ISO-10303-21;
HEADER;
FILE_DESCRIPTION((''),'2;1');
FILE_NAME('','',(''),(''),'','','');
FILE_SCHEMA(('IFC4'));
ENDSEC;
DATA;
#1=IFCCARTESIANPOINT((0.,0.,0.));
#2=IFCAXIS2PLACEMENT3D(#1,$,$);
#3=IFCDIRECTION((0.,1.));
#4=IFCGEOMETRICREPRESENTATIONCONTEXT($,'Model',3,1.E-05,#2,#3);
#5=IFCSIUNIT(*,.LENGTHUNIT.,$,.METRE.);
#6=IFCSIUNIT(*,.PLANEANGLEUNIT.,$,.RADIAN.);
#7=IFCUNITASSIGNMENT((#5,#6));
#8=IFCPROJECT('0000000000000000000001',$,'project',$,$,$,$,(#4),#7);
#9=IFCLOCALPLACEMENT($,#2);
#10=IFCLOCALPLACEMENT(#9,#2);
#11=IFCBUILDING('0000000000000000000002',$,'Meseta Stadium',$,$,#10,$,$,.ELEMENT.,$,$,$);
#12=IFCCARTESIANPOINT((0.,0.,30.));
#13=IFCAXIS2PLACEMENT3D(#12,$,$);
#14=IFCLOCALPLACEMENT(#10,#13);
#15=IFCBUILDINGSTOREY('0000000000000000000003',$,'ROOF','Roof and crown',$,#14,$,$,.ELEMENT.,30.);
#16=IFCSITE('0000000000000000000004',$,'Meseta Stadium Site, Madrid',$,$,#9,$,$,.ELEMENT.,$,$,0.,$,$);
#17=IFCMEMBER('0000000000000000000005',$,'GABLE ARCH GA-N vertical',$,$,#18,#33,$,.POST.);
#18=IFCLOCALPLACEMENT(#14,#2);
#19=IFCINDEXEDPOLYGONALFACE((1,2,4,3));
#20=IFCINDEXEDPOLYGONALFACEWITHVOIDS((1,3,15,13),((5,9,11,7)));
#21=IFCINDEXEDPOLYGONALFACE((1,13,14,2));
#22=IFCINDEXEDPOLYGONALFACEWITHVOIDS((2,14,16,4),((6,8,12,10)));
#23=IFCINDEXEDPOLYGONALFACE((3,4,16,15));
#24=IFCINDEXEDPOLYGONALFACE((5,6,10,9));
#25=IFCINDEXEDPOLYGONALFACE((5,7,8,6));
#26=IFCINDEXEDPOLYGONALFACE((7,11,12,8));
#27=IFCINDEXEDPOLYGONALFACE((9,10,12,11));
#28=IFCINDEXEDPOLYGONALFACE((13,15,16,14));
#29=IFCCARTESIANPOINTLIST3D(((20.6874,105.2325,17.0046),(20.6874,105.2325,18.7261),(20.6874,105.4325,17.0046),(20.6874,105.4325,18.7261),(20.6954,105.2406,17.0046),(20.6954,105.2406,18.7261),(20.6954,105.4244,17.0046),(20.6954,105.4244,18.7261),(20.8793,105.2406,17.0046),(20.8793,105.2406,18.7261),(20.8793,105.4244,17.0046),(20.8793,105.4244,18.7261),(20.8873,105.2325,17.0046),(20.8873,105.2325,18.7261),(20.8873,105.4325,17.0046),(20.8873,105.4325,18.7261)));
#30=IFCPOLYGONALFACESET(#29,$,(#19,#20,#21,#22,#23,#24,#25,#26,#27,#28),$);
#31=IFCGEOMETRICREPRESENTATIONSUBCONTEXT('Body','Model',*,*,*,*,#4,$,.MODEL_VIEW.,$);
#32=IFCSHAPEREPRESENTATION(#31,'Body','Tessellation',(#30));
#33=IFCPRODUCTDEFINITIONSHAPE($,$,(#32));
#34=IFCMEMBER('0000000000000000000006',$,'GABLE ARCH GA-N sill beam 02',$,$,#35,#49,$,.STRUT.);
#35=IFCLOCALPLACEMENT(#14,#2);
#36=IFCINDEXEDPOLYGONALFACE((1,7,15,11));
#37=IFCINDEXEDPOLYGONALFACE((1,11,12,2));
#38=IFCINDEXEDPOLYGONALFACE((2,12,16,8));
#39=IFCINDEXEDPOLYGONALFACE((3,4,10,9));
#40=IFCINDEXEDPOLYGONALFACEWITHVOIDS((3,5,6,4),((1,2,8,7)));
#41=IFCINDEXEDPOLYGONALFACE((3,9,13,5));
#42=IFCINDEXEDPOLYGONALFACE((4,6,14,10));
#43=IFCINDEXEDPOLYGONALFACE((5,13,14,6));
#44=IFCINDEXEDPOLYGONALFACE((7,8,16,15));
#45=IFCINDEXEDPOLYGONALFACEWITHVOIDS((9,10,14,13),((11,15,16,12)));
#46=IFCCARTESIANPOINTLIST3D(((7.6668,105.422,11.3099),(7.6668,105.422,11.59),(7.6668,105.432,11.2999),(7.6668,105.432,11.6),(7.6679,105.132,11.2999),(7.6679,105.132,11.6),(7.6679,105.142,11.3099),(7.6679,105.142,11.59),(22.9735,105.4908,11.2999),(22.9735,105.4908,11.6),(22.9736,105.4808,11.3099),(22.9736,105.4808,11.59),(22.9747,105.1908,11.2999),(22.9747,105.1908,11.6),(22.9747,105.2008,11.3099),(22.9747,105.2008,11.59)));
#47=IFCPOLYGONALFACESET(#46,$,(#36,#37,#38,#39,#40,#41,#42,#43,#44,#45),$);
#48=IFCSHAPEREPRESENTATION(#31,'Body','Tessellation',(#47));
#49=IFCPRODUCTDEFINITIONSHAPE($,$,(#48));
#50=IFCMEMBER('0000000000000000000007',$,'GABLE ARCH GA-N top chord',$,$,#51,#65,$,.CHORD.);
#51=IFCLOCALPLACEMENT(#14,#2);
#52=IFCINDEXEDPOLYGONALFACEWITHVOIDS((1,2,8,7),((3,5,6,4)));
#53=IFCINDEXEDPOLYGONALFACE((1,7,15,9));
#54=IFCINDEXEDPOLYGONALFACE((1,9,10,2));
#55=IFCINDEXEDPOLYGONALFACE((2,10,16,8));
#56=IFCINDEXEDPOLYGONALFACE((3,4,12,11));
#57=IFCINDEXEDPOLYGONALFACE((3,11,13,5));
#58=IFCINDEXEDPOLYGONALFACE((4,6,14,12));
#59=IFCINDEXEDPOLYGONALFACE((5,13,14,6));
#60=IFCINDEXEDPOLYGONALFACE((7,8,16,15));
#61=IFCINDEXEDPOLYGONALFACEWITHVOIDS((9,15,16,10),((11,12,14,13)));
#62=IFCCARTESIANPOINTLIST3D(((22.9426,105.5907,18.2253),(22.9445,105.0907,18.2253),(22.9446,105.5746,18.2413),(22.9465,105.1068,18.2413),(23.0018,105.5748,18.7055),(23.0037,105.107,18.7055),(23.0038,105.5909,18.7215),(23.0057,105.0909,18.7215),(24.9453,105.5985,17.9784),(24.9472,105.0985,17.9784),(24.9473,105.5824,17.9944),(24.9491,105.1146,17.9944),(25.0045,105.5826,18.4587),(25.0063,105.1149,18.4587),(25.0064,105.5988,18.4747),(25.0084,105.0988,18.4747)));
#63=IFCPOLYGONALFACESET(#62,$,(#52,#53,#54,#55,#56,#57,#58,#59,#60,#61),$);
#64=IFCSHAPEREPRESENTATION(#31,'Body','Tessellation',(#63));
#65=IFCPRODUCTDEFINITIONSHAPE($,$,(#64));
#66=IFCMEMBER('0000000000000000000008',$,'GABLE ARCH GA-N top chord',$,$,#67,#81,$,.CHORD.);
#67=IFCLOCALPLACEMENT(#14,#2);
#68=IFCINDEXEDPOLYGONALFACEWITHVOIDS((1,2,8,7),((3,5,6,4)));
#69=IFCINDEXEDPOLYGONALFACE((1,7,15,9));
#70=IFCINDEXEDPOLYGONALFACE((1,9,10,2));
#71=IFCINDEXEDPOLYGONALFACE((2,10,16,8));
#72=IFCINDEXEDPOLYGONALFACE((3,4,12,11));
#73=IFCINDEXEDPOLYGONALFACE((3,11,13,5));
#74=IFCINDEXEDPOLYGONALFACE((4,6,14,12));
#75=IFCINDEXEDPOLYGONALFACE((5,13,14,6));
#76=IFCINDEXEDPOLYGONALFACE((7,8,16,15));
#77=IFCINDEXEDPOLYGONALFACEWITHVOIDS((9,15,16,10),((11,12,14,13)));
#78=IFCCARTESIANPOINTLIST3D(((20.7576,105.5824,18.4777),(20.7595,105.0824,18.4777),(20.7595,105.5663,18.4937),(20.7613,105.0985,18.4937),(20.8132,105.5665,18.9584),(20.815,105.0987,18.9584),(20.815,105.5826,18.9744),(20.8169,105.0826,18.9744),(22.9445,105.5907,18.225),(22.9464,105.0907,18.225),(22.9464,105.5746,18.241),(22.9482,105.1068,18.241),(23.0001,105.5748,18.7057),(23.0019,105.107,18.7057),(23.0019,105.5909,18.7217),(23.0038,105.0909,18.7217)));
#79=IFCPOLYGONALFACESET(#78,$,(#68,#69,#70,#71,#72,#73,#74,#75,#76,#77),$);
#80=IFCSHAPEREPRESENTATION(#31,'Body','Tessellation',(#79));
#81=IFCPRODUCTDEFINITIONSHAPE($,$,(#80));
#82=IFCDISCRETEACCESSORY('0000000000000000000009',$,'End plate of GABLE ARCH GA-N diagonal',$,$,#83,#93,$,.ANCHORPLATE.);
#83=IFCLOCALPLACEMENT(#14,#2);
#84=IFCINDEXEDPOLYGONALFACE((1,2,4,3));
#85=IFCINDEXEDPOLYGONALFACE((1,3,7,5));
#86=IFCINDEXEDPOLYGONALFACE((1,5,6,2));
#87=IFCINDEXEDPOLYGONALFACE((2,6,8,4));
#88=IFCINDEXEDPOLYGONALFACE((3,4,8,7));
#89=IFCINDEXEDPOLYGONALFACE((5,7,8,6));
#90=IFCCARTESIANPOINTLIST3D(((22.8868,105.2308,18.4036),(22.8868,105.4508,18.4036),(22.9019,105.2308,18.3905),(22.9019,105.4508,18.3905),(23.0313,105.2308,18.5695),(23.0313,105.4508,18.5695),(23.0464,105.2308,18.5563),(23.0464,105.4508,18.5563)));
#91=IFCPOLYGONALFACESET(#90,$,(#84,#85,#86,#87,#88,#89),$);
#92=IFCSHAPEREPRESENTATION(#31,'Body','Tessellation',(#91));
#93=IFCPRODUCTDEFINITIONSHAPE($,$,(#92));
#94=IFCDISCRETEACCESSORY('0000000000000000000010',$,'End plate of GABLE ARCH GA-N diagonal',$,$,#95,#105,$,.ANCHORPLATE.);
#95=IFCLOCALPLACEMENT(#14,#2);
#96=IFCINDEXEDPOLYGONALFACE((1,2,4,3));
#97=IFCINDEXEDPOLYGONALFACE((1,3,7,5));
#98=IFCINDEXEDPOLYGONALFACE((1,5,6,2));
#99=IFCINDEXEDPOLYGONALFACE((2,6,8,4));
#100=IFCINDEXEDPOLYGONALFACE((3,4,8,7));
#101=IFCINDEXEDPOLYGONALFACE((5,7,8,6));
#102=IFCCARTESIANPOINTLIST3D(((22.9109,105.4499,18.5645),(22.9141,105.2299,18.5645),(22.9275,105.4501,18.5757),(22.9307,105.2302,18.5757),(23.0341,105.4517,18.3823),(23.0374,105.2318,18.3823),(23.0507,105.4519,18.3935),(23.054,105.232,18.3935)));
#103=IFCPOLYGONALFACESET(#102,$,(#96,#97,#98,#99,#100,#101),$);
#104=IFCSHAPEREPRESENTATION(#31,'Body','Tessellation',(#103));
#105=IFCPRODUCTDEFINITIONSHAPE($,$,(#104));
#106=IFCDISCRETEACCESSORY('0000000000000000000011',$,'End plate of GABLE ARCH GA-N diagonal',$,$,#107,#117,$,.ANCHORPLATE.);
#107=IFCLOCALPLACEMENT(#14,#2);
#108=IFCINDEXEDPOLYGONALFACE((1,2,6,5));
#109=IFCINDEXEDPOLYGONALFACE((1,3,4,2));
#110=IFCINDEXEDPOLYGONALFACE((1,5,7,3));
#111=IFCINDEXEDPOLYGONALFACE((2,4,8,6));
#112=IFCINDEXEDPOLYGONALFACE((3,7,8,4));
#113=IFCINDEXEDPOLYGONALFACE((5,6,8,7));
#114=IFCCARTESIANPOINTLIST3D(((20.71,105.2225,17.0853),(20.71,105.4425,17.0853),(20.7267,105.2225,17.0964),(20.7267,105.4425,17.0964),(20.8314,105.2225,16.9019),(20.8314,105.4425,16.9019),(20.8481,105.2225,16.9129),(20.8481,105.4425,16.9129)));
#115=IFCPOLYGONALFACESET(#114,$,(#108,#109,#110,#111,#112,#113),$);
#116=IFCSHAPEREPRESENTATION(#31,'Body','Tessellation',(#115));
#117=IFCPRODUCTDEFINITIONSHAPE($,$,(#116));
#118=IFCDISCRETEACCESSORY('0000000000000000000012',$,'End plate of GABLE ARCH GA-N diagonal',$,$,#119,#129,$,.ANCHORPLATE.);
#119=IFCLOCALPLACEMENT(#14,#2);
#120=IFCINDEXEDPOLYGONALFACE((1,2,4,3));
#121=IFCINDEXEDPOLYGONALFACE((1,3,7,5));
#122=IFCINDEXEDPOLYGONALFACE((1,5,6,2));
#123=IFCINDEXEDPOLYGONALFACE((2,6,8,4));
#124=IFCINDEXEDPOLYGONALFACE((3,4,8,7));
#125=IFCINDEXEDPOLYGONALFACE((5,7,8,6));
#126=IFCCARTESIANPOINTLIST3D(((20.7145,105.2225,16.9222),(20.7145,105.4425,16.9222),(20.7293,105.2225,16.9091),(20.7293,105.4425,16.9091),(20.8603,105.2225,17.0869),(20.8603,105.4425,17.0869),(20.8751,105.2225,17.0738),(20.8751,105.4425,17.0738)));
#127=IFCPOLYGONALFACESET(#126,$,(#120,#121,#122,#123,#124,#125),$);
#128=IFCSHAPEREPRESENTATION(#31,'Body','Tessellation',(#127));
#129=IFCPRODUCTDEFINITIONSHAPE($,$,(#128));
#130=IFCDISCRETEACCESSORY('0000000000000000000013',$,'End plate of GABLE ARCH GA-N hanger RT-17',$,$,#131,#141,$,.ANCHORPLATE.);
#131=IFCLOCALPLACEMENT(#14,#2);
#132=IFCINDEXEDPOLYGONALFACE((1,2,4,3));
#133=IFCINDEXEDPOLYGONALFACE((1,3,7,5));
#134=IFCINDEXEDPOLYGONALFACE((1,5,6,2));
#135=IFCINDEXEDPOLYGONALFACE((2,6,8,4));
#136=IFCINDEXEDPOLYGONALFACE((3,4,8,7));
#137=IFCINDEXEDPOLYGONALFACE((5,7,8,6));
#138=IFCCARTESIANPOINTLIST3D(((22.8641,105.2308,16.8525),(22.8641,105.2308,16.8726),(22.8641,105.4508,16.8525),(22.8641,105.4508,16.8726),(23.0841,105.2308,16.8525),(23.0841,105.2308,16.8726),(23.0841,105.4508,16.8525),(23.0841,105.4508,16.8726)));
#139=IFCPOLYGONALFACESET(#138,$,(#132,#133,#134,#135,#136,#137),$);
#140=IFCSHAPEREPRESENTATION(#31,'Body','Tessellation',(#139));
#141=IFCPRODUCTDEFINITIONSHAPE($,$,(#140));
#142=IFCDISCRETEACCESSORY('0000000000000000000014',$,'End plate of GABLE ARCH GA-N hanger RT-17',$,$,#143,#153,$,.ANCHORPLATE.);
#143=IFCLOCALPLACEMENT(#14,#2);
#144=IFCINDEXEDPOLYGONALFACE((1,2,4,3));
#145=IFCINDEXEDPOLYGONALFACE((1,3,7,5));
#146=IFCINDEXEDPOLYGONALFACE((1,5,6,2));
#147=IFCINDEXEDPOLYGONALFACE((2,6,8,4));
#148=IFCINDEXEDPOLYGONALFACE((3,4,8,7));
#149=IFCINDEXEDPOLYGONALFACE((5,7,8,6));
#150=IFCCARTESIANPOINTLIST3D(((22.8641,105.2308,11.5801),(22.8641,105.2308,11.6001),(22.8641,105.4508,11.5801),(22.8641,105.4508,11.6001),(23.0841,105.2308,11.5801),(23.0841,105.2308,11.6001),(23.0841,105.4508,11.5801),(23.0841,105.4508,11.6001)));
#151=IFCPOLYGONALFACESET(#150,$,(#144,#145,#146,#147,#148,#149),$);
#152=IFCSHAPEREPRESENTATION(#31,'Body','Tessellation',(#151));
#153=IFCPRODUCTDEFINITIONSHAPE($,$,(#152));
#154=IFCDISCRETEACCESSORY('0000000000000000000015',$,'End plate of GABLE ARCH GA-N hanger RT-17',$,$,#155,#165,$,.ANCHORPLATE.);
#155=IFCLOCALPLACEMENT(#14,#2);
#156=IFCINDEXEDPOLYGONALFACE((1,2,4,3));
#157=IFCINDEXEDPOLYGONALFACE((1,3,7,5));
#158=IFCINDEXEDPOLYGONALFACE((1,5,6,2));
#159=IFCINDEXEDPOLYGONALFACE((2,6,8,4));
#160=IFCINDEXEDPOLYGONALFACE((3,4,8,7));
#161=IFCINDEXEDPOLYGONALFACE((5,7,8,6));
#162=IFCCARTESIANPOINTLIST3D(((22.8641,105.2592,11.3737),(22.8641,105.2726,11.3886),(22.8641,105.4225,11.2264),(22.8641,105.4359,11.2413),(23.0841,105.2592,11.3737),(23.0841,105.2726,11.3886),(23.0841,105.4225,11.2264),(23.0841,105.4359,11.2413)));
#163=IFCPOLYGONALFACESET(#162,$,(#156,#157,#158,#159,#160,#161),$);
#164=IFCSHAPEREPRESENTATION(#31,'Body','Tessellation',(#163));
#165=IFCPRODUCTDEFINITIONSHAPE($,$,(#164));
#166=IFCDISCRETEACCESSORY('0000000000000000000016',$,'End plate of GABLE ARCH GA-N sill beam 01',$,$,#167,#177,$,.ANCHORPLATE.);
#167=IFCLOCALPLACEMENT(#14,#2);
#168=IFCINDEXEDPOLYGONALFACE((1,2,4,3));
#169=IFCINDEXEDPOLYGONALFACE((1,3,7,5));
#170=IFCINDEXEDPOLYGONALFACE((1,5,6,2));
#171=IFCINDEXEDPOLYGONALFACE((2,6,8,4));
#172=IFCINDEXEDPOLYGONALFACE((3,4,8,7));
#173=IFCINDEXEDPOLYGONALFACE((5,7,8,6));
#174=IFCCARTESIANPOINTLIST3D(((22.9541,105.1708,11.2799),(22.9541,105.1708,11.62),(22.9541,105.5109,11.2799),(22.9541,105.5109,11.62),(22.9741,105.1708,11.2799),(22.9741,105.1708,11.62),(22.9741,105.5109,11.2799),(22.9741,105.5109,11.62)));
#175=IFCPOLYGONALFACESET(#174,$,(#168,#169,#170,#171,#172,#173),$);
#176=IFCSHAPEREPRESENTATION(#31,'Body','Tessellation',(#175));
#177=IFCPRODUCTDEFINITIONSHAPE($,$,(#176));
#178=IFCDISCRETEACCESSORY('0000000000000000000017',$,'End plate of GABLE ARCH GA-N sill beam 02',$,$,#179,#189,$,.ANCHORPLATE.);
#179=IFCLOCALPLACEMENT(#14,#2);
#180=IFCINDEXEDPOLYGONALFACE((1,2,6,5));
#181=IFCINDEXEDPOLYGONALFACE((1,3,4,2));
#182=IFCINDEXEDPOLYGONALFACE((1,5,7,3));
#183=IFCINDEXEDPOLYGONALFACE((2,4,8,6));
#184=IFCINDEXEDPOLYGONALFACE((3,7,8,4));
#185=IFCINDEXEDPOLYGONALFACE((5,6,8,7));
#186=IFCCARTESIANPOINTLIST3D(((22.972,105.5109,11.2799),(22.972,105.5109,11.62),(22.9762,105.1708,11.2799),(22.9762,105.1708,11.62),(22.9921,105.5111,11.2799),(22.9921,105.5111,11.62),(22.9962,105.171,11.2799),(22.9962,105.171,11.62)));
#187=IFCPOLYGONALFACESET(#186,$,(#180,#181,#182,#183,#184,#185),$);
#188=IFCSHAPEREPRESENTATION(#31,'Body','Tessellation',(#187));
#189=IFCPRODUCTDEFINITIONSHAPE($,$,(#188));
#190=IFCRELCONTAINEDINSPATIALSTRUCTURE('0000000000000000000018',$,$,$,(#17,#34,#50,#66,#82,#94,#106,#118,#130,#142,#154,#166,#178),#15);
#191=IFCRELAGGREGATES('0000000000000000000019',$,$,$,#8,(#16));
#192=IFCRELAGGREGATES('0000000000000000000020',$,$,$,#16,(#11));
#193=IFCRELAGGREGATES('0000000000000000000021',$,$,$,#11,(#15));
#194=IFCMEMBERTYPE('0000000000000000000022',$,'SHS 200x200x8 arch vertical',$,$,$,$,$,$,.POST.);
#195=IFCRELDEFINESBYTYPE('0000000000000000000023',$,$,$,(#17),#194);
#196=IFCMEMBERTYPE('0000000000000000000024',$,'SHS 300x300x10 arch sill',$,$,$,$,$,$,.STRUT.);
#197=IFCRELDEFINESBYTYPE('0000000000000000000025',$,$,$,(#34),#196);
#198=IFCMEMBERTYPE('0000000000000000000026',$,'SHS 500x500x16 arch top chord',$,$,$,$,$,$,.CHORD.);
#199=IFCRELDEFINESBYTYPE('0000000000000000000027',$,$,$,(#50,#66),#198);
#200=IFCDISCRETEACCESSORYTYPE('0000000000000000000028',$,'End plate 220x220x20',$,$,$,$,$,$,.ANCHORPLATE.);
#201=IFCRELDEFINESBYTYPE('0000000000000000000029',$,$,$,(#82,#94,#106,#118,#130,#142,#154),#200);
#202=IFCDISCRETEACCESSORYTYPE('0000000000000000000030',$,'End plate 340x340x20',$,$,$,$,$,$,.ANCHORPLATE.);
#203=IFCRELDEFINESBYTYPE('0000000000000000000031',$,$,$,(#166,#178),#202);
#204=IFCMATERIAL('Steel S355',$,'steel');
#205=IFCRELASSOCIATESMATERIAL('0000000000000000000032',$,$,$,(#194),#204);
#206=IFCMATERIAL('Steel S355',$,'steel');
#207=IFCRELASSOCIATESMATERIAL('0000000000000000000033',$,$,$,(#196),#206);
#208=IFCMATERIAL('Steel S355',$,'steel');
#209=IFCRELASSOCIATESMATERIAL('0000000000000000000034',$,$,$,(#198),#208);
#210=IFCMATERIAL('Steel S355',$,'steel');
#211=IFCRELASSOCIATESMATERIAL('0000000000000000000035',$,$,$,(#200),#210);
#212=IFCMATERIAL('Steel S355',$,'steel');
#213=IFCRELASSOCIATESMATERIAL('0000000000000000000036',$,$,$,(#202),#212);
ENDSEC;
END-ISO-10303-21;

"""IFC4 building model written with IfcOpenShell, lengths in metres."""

from ifc_helpers import new_model, si_unit, direction, frame, origin, origin_2d, place, context, subcontext, project, spatial, rectangle, hollow_rectangle, extrude, material, material_profile, profile_set, type_object, element, save


model = new_model("IFC4")

# Units and contexts
model_context = context("Model", 3, precision=1e-05, world=origin(), true_north=direction((0.0, 1.0)))
body_context = subcontext(model_context, "Body", "Model", "MODEL_VIEW")
ifc_project = project(units=[si_unit("LENGTHUNIT", "METRE"), si_unit("PLANEANGLEUNIT", "RADIAN")], contexts=[model_context])

# Site, building, storey
site_placement = place(None, origin())
site = spatial("IfcSite", under=ifc_project, at=site_placement, Name="Meseta Stadium Site, Madrid", CompositionType="ELEMENT", RefElevation=0.0)
building_placement = place(site_placement, origin())
building = spatial("IfcBuilding", under=site, at=building_placement, Name="Meseta Stadium", CompositionType="ELEMENT")
storey_placement = place(building_placement, frame((0.0, 0.0, 30.0)))
storey = spatial("IfcBuildingStorey", under=building, at=storey_placement, Name="ROOF", Description="Roof and crown", CompositionType="ELEMENT", Elevation=30.0)

# Members
ifc_material_1 = material(Name="Steel S355", Category="steel")
ifc_material_profile_1 = material_profile(ifc_material_1, hollow_rectangle(XDim=0.2, YDim=0.2, WallThickness=0.0081, at=origin_2d()), Name="SHS 200x200x8")
ifc_profile_set_1 = profile_set([ifc_material_profile_1], Name="Steel S355")
member_type_1 = type_object("IfcMemberType", Name="SHS 200x200x8 arch vertical", PredefinedType="POST", material=ifc_profile_set_1)
member_1_placement = place(storey_placement, frame((20.7874, 105.3325, 17.0046), z_axis=(0.0, 0.0, 1.0), x_axis=(1.0, 0.0, 0.0)))
element("IfcMember", 1, at=member_1_placement, inside=storey, type_object=member_type_1, Name="GABLE ARCH GA-N vertical", PredefinedType="POST", context=body_context, shape_type="SweptSolid", body=[
    extrude(hollow_rectangle(XDim=0.2, YDim=0.2, WallThickness=0.0081, at=origin_2d()), origin(), (0.0, 0.0, 1.0), 1.7214),
])
ifc_material_2 = material(Name="Steel S355", Category="steel")
ifc_material_profile_2 = material_profile(ifc_material_2, hollow_rectangle(XDim=0.3, YDim=0.3, WallThickness=0.01, at=origin_2d()), Name="SHS 300x300x10")
ifc_profile_set_2 = profile_set([ifc_material_profile_2], Name="Steel S355")
member_type_2 = type_object("IfcMemberType", Name="SHS 300x300x10 arch sill", PredefinedType="STRUT", material=ifc_profile_set_2)
member_2_placement = place(storey_placement, frame((22.9741, 105.3408, 11.45), z_axis=(-0.999993, -0.003844, 0.0), x_axis=(0.003844, -0.999993, 0.0)))
element("IfcMember", 2, at=member_2_placement, inside=storey, type_object=member_type_2, Name="GABLE ARCH GA-N sill beam 02", PredefinedType="STRUT", context=body_context, shape_type="SweptSolid", body=[
    extrude(hollow_rectangle(XDim=0.3, YDim=0.3, WallThickness=0.01, at=origin_2d()), origin(), (0.0, 0.0, 1.0), 15.3069),
])
ifc_material_3 = material(Name="Steel S355", Category="steel")
ifc_material_profile_3 = material_profile(ifc_material_3, hollow_rectangle(XDim=0.5, YDim=0.5, WallThickness=0.0161, at=origin_2d()), Name="SHS 500x500x16")
ifc_profile_set_3 = profile_set([ifc_material_profile_3], Name="Steel S355")
member_type_3 = type_object("IfcMemberType", Name="SHS 500x500x16 arch top chord", PredefinedType="CHORD", material=ifc_profile_set_3)
member_3_placement = place(storey_placement, frame((24.9768, 105.3486, 18.2266), z_axis=(-0.992483, -0.003872, 0.122321), x_axis=(0.003901, -0.999992, 0.0)))
element("IfcMember", 3, at=member_3_placement, inside=storey, type_object=member_type_3, Name="GABLE ARCH GA-N top chord", PredefinedType="CHORD", context=body_context, shape_type="SweptSolid", body=[
    extrude(hollow_rectangle(XDim=0.5, YDim=0.5, WallThickness=0.0161, at=origin_2d()), origin(), (0.0, 0.0, 1.0), 2.0178),
])
member_4_placement = place(storey_placement, frame((22.9741, 105.3408, 18.4734), z_axis=(-0.993383, -0.003771, 0.114787), x_axis=(0.003796, -0.999993, 0.0)))
element("IfcMember", 4, at=member_4_placement, inside=storey, type_object=member_type_3, Name="GABLE ARCH GA-N top chord", PredefinedType="CHORD", context=body_context, shape_type="SweptSolid", body=[
    extrude(hollow_rectangle(XDim=0.5, YDim=0.5, WallThickness=0.0161, at=origin_2d()), origin(), (0.0, 0.0, 1.0), 2.2014),
])

# Discrete accessories
ifc_material_4 = material(Name="Steel S355", Category="steel")
ifc_material_profile_4 = material_profile(ifc_material_4, rectangle(XDim=0.22, YDim=0.22, at=origin_2d()), Name="PL 220x220")
ifc_profile_set_4 = profile_set([ifc_material_profile_4], Name="Steel S355")
discrete_accessory_type_1 = type_object("IfcDiscreteAccessoryType", Name="End plate 220x220x20", PredefinedType="ANCHORPLATE", material=ifc_profile_set_4)
for number, where, z_axis, x_axis, name in (
    (5, (22.9741, 105.3408, 18.4734), (-0.754082, 0.0, 0.656781), (0.0, -1.0, 0.0), "End plate of GABLE ARCH GA-N diagonal"),
    (6, (22.9907, 105.3411, 18.4846), (-0.828222, -0.01218, -0.560268), (0.014704, -0.999892, 0.0), "End plate of GABLE ARCH GA-N diagonal"),
    (7, (20.7874, 105.3325, 17.0046), (-0.833932, 0.0, -0.551867), (0.0, -1.0, 0.0), "End plate of GABLE ARCH GA-N diagonal"),
):
    element("IfcDiscreteAccessory", number, at=place(storey_placement, frame(where, z_axis=z_axis, x_axis=x_axis)), inside=storey, type_object=discrete_accessory_type_1, Name=name, PredefinedType="ANCHORPLATE", context=body_context, shape_type="SweptSolid", body=[
        extrude(rectangle(XDim=0.22, YDim=0.22, at=origin_2d()), origin(), (0.0, 0.0, 1.0), 0.02),
    ])
discrete_accessory_placement = place(storey_placement, frame((20.8022, 105.3325, 16.9915), z_axis=(-0.748762, 0.0, 0.662839), x_axis=(0.0, -1.0, 0.0)))
element("IfcDiscreteAccessory", 8, at=discrete_accessory_placement, inside=storey, type_object=discrete_accessory_type_1, Name="End plate of GABLE ARCH GA-N diagonal", PredefinedType="ANCHORPLATE", context=body_context, shape_type="SweptSolid", body=[
    extrude(rectangle(XDim=0.22, YDim=0.22, at=origin_2d()), origin(), (0.0, 0.0, 1.0), 0.0198),
])
for number, where, z_axis, x_axis, name in (
    (9, (22.9741, 105.3408, 16.8726), (0.0, 0.0, -1.0), (1.0, 0.0, 0.0), "End plate of GABLE ARCH GA-N hanger RT-17"),
    (10, (22.9741, 105.3408, 11.6001), (0.0, 0.0, -1.0), (1.0, 0.0, 0.0), "End plate of GABLE ARCH GA-N hanger RT-17"),
    (11, (22.9741, 105.3542, 11.3149), (0.0, -0.669637, -0.742688), (1.0, 0.0, 0.0), "End plate of GABLE ARCH GA-N hanger RT-17"),
):
    element("IfcDiscreteAccessory", number, at=place(storey_placement, frame(where, z_axis=z_axis, x_axis=x_axis)), inside=storey, type_object=discrete_accessory_type_1, Name=name, PredefinedType="ANCHORPLATE", context=body_context, shape_type="SweptSolid", body=[
        extrude(rectangle(XDim=0.22, YDim=0.22, at=origin_2d()), origin(), (0.0, 0.0, 1.0), 0.02),
    ])
ifc_material_5 = material(Name="Steel S355", Category="steel")
ifc_material_profile_5 = material_profile(ifc_material_5, rectangle(XDim=0.3401, YDim=0.3401, at=origin_2d()), Name="PL 340x340")
ifc_profile_set_5 = profile_set([ifc_material_profile_5], Name="Steel S355")
discrete_accessory_type_2 = type_object("IfcDiscreteAccessoryType", Name="End plate 340x340x20", PredefinedType="ANCHORPLATE", material=ifc_profile_set_5)
for number, where, z_axis, x_axis, name in (
    (12, (22.9741, 105.3408, 11.45), (-1.0, 0.0, 0.0), (0.0, -1.0, 0.0), "End plate of GABLE ARCH GA-N sill beam 01"),
    (13, (22.9941, 105.3411, 11.45), (-0.999926, -0.012194, 0.0), (0.012194, -0.999926, 0.0), "End plate of GABLE ARCH GA-N sill beam 02"),
):
    element("IfcDiscreteAccessory", number, at=place(storey_placement, frame(where, z_axis=z_axis, x_axis=x_axis)), inside=storey, type_object=discrete_accessory_type_2, Name=name, PredefinedType="ANCHORPLATE", context=body_context, shape_type="SweptSolid", body=[
        extrude(rectangle(XDim=0.3401, YDim=0.3401, at=origin_2d()), origin(), (0.0, 0.0, 1.0), 0.02),
    ])

save(model, "model.ifc")
